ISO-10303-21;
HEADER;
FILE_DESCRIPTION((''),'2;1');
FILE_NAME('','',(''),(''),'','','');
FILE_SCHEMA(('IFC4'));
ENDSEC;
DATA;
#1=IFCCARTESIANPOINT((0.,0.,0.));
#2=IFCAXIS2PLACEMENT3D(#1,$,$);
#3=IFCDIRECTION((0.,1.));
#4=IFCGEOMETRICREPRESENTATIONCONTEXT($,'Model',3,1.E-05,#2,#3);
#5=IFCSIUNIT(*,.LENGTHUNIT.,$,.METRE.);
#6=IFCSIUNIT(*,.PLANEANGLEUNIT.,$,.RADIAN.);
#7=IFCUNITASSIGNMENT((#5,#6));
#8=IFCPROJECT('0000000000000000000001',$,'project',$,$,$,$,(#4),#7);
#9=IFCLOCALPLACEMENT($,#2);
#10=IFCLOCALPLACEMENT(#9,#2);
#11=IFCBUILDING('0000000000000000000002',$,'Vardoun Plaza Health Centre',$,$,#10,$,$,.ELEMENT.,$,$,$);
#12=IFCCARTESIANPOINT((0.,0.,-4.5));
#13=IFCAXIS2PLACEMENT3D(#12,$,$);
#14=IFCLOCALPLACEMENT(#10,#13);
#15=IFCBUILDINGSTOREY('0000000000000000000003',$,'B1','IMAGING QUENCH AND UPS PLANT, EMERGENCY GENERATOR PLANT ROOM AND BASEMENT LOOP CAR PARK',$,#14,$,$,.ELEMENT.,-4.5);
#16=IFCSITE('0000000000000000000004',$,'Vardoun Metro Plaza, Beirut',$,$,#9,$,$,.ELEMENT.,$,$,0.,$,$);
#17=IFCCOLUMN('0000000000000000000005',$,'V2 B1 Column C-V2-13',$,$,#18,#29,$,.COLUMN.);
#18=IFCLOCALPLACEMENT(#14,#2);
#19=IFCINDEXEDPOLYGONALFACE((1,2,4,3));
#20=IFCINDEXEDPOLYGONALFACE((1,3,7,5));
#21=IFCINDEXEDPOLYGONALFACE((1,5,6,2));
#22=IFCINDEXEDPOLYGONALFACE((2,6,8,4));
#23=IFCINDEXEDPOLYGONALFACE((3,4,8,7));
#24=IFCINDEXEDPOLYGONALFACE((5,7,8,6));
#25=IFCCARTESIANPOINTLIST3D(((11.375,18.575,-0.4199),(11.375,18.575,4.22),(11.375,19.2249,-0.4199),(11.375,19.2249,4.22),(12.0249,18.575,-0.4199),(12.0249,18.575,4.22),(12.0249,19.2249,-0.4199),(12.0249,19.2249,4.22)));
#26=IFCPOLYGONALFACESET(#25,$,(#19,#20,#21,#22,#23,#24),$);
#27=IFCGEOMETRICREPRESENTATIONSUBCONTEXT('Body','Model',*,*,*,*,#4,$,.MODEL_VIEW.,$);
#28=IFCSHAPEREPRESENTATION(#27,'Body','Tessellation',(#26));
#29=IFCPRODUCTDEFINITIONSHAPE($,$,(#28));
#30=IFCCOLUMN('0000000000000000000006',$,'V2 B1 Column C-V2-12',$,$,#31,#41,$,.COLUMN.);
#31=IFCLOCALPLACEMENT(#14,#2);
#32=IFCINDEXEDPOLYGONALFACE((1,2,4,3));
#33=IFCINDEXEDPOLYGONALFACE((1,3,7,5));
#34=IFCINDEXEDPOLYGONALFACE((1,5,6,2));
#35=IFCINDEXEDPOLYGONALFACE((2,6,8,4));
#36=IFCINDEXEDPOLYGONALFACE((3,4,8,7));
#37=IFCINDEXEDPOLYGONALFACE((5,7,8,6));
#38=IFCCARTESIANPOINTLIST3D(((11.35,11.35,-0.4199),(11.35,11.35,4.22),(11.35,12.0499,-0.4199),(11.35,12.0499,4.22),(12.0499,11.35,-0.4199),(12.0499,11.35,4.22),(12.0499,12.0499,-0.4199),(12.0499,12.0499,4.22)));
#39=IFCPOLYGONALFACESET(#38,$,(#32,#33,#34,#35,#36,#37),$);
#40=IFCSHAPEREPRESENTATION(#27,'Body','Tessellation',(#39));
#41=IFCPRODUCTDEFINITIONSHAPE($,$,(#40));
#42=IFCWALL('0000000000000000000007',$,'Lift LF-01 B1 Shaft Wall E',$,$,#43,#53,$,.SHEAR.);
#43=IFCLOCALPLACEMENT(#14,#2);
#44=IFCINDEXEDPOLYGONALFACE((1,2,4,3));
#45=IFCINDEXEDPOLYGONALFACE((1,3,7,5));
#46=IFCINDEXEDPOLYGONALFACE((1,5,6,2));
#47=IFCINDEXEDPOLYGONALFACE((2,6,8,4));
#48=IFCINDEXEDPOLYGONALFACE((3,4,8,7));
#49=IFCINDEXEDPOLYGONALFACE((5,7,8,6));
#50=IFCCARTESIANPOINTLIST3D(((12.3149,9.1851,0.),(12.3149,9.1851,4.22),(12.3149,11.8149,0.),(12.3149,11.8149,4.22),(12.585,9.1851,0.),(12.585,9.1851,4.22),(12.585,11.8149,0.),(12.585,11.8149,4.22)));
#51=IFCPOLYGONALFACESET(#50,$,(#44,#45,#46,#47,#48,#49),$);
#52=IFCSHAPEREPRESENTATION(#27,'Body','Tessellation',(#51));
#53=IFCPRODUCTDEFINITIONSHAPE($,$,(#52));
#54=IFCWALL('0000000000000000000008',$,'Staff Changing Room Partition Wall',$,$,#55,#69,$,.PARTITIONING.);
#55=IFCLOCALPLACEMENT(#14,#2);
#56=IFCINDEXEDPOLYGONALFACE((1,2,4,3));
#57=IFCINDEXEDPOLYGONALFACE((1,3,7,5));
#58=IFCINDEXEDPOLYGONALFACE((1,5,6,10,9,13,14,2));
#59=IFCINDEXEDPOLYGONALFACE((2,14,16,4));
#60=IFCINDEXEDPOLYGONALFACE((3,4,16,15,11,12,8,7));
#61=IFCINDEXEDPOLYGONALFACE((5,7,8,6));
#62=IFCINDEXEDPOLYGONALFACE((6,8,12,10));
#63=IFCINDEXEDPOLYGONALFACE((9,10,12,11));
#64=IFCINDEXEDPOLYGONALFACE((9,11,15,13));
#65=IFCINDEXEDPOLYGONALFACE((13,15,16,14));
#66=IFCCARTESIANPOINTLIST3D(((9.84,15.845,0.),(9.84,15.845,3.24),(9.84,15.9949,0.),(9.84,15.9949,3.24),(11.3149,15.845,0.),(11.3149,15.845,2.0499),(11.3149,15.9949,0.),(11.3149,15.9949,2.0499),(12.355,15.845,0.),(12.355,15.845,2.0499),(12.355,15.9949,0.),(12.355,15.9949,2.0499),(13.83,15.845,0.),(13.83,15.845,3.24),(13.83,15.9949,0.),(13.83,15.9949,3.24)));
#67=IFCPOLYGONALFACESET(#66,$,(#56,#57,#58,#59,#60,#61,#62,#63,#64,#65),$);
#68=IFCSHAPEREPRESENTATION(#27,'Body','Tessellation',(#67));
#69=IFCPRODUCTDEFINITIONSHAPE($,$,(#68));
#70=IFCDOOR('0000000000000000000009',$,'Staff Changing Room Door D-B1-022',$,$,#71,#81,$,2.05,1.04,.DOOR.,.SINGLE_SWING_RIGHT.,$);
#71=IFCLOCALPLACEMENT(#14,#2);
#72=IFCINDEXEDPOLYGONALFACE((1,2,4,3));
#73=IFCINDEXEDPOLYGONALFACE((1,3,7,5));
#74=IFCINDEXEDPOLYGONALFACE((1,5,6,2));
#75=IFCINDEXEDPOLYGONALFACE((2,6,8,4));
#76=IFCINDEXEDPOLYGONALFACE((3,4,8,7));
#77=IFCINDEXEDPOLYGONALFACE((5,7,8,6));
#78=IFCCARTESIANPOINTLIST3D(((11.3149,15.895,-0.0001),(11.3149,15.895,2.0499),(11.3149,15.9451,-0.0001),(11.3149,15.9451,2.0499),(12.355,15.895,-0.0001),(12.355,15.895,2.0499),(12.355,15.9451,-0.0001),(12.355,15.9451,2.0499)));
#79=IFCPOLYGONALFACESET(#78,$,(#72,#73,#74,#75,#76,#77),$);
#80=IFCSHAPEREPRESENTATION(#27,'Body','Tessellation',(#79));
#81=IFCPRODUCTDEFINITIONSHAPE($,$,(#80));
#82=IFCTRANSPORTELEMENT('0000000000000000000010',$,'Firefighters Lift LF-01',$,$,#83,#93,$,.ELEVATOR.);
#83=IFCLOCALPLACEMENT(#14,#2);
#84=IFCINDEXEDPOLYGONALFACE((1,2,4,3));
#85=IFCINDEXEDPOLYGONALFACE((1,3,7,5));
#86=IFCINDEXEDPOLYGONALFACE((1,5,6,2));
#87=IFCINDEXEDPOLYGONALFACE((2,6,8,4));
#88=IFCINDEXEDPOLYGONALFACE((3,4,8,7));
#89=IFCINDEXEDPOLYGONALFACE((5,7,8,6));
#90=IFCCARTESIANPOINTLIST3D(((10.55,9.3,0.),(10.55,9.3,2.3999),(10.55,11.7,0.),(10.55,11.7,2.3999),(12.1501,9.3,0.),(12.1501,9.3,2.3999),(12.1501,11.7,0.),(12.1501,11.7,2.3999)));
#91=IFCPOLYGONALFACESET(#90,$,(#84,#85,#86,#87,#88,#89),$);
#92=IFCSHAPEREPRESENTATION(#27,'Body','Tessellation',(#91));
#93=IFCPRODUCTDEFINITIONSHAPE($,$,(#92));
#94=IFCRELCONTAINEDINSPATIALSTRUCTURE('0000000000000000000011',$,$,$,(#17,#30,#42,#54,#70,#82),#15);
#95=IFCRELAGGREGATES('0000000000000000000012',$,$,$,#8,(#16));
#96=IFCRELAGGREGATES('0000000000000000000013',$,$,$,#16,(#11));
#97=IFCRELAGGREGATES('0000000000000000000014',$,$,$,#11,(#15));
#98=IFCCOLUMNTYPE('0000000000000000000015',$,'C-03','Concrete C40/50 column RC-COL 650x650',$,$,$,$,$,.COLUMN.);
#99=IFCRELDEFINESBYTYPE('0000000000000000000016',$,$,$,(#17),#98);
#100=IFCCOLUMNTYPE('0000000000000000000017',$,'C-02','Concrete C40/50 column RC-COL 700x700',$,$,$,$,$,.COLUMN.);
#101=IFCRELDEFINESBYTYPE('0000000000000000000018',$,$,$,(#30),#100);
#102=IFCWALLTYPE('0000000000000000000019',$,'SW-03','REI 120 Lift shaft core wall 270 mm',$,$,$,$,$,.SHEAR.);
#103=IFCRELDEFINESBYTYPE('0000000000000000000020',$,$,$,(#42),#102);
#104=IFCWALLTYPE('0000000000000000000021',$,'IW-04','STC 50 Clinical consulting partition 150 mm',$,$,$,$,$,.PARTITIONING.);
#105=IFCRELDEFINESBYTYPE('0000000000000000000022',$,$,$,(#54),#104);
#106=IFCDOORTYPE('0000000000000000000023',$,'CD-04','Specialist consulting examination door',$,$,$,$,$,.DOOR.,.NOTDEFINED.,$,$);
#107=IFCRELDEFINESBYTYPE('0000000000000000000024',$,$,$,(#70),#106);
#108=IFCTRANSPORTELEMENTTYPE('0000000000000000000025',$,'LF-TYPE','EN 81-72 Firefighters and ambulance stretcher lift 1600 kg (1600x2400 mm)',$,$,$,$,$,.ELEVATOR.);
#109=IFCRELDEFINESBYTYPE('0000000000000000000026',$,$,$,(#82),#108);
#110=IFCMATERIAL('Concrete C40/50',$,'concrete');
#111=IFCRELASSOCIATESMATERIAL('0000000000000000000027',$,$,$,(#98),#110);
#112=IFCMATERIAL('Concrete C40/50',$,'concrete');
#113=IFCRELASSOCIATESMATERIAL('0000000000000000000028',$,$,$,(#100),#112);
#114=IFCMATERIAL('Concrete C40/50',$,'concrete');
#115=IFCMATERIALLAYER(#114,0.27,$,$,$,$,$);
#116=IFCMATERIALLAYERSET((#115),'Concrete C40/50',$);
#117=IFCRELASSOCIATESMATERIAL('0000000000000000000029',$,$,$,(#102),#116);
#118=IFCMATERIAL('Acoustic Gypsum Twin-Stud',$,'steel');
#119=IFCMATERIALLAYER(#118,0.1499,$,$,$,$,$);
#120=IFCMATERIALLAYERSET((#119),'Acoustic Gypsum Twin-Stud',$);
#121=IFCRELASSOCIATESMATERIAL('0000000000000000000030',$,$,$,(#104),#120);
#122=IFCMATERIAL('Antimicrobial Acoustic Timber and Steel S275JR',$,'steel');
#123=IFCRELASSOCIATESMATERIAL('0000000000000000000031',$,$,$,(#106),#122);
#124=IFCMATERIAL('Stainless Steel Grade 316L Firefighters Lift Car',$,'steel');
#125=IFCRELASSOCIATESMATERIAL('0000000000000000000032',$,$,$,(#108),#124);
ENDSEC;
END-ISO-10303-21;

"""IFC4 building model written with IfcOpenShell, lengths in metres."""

from ifc_helpers import new_model, si_unit, direction, frame, frame_2d, origin, origin_2d, place, context, subcontext, project, spatial, rectangle, extrude, material, layer, layer_set, material_profile, profile_set, type_object, element, fill, save


model = new_model("IFC4")

# Units and contexts
model_context = context("Model", 3, precision=1e-05, world=origin(), true_north=direction((0.0, 1.0)))
body_context = subcontext(model_context, "Body", "Model", "MODEL_VIEW")
ifc_project = project(units=[si_unit("LENGTHUNIT", "METRE"), si_unit("PLANEANGLEUNIT", "RADIAN")], contexts=[model_context])

# Site, building, storey
site_placement = place(None, origin())
site = spatial("IfcSite", under=ifc_project, at=site_placement, Name="Vardoun Metro Plaza, Beirut", CompositionType="ELEMENT", RefElevation=0.0)
building_placement = place(site_placement, origin())
building = spatial("IfcBuilding", under=site, at=building_placement, Name="Vardoun Plaza Health Centre", CompositionType="ELEMENT")
storey_placement = place(building_placement, frame((0.0, 0.0, -4.5)))
storey = spatial("IfcBuildingStorey", under=building, at=storey_placement, Name="B1", Description="IMAGING QUENCH AND UPS PLANT, EMERGENCY GENERATOR PLANT ROOM AND BASEMENT LOOP CAR PARK", CompositionType="ELEMENT", Elevation=-4.5)

# Columns
ifc_material_1 = material(Name="Concrete C40/50", Category="concrete")
ifc_material_profile_1 = material_profile(ifc_material_1, rectangle(XDim=0.6499, YDim=0.6499, at=origin_2d()), Name="RC-COL 650x650")
ifc_profile_set_1 = profile_set([ifc_material_profile_1], Name="Concrete C40/50")
column_type_1 = type_object("IfcColumnType", Name="C-03", Description="Concrete C40/50 column RC-COL 650x650", PredefinedType="COLUMN", material=ifc_profile_set_1)
column_1_placement = place(storey_placement, frame((11.7, 18.8999, -0.4199), z_axis=(0.0, 0.0, 1.0), x_axis=(1.0, 0.0, 0.0)))
element("IfcColumn", 1, at=column_1_placement, inside=storey, type_object=column_type_1, Name="V2 B1 Column C-V2-13", PredefinedType="COLUMN", context=body_context, shape_type="SweptSolid", body=[
    extrude(rectangle(XDim=0.6499, YDim=0.6499, at=origin_2d()), origin(), (0.0, 0.0, 1.0), 4.6399),
])
ifc_material_2 = material(Name="Concrete C40/50", Category="concrete")
ifc_material_profile_2 = material_profile(ifc_material_2, rectangle(XDim=0.7, YDim=0.7, at=origin_2d()), Name="RC-COL 700x700")
ifc_profile_set_2 = profile_set([ifc_material_profile_2], Name="Concrete C40/50")
column_type_2 = type_object("IfcColumnType", Name="C-02", Description="Concrete C40/50 column RC-COL 700x700", PredefinedType="COLUMN", material=ifc_profile_set_2)
column_2_placement = place(storey_placement, frame((11.7, 11.7, -0.4199), z_axis=(0.0, 0.0, 1.0), x_axis=(1.0, 0.0, 0.0)))
element("IfcColumn", 2, at=column_2_placement, inside=storey, type_object=column_type_2, Name="V2 B1 Column C-V2-12", PredefinedType="COLUMN", context=body_context, shape_type="SweptSolid", body=[
    extrude(rectangle(XDim=0.7, YDim=0.7, at=origin_2d()), origin(), (0.0, 0.0, 1.0), 4.6399),
])

# Wall
ifc_material_3 = material(Name="Concrete C40/50", Category="concrete")
ifc_layer_1 = layer(ifc_material_3, 0.27)
ifc_layer_set_1 = layer_set([ifc_layer_1], Name="Concrete C40/50")
wall_type_1 = type_object("IfcWallType", Name="SW-03", Description="REI 120 Lift shaft core wall 270 mm", PredefinedType="SHEAR", material=ifc_layer_set_1)
wall_1_placement = place(storey_placement, frame((12.45, 11.8149, 0.0), z_axis=(0.0, 0.0, 1.0), x_axis=(0.0, -1.0, 0.0)))
element("IfcWall", 3, at=wall_1_placement, inside=storey, type_object=wall_type_1, Name="Lift LF-01 B1 Shaft Wall E", PredefinedType="SHEAR", context=body_context, shape_type="SweptSolid", body=[
    extrude(rectangle(XDim=2.6299, YDim=0.27, at=frame_2d((1.3149, 0.0))), origin(), (0.0, 0.0, 1.0), 4.22),
])

# Wall, opening, door
ifc_material_4 = material(Name="Acoustic Gypsum Twin-Stud", Category="steel")
ifc_layer_2 = layer(ifc_material_4, 0.1499)
ifc_layer_set_2 = layer_set([ifc_layer_2], Name="Acoustic Gypsum Twin-Stud")
wall_type_2 = type_object("IfcWallType", Name="IW-04", Description="STC 50 Clinical consulting partition 150 mm", PredefinedType="PARTITIONING", material=ifc_layer_set_2)
wall_2_placement = place(storey_placement, frame((13.8301, 15.9199, 0.0), z_axis=(0.0, 0.0, 1.0), x_axis=(-1.0, 0.0, 0.0)))
wall_2 = element("IfcWall", 4, at=wall_2_placement, inside=storey, type_object=wall_type_2, Name="Staff Changing Room Partition Wall", PredefinedType="PARTITIONING", context=body_context, shape_type="SweptSolid", body=[
    extrude(rectangle(XDim=3.99, YDim=0.1499, at=frame_2d((1.9951, 0.0))), origin(), (0.0, 0.0, 1.0), 3.24),
])
opening_1_placement = place(wall_2_placement, frame((1.4751, 0.0, 0.0)))
opening_1 = element("IfcOpeningElement", 5, at=opening_1_placement, cuts=wall_2, PredefinedType="OPENING", context=body_context, shape_type="SweptSolid", body=[
    extrude(rectangle(XDim=1.04, YDim=2.05, at=frame_2d((0.52, 1.0249))), frame((0.0, 0.075, 0.0), z_axis=(0.0, -1.0, 0.0), x_axis=(1.0, 0.0, 0.0)), (0.0, 0.0, 1.0), 0.1499),
])
ifc_material_5 = material(Name="Antimicrobial Acoustic Timber and Steel S275JR", Category="steel")
door_type_1 = type_object("IfcDoorType", Name="CD-04", Description="Specialist consulting examination door", OperationType="NOTDEFINED", PredefinedType="DOOR", material=ifc_material_5)
door_1_placement = place(opening_1_placement, origin())
door_1 = element("IfcDoor", 6, at=door_1_placement, inside=storey, type_object=door_type_1, Name="Staff Changing Room Door D-B1-022", OperationType="SINGLE_SWING_RIGHT", OverallHeight=2.05, OverallWidth=1.04, PredefinedType="DOOR", context=body_context, shape_type="SweptSolid", body=[
    extrude(rectangle(XDim=1.04, YDim=2.05, at=frame_2d((0.52, 1.0249))), frame((0.0, 0.0249, 0.0), z_axis=(0.0, -1.0, 0.0), x_axis=(1.0, 0.0, 0.0)), (0.0, 0.0, 1.0), 0.05),
])
fill(opening_1, door_1)

# Transport element
ifc_material_6 = material(Name="Stainless Steel Grade 316L Firefighters Lift Car", Category="steel")
transport_element_type = type_object("IfcTransportElementType", Name="LF-TYPE", Description="EN 81-72 Firefighters and ambulance stretcher lift 1600 kg (1600x2400 mm)", PredefinedType="ELEVATOR", material=ifc_material_6)
transport_element_placement = place(storey_placement, frame((11.3501, 10.5, 0.0), z_axis=(0.0, 0.0, 1.0), x_axis=(1.0, 0.0, 0.0)))
element("IfcTransportElement", 7, at=transport_element_placement, inside=storey, type_object=transport_element_type, Name="Firefighters Lift LF-01", PredefinedType="ELEVATOR", context=body_context, shape_type="SweptSolid", body=[
    extrude(rectangle(XDim=1.6001, YDim=2.3999, at=origin_2d()), origin(), (0.0, 0.0, 1.0), 2.3999),
])

save(model, "model.ifc")
